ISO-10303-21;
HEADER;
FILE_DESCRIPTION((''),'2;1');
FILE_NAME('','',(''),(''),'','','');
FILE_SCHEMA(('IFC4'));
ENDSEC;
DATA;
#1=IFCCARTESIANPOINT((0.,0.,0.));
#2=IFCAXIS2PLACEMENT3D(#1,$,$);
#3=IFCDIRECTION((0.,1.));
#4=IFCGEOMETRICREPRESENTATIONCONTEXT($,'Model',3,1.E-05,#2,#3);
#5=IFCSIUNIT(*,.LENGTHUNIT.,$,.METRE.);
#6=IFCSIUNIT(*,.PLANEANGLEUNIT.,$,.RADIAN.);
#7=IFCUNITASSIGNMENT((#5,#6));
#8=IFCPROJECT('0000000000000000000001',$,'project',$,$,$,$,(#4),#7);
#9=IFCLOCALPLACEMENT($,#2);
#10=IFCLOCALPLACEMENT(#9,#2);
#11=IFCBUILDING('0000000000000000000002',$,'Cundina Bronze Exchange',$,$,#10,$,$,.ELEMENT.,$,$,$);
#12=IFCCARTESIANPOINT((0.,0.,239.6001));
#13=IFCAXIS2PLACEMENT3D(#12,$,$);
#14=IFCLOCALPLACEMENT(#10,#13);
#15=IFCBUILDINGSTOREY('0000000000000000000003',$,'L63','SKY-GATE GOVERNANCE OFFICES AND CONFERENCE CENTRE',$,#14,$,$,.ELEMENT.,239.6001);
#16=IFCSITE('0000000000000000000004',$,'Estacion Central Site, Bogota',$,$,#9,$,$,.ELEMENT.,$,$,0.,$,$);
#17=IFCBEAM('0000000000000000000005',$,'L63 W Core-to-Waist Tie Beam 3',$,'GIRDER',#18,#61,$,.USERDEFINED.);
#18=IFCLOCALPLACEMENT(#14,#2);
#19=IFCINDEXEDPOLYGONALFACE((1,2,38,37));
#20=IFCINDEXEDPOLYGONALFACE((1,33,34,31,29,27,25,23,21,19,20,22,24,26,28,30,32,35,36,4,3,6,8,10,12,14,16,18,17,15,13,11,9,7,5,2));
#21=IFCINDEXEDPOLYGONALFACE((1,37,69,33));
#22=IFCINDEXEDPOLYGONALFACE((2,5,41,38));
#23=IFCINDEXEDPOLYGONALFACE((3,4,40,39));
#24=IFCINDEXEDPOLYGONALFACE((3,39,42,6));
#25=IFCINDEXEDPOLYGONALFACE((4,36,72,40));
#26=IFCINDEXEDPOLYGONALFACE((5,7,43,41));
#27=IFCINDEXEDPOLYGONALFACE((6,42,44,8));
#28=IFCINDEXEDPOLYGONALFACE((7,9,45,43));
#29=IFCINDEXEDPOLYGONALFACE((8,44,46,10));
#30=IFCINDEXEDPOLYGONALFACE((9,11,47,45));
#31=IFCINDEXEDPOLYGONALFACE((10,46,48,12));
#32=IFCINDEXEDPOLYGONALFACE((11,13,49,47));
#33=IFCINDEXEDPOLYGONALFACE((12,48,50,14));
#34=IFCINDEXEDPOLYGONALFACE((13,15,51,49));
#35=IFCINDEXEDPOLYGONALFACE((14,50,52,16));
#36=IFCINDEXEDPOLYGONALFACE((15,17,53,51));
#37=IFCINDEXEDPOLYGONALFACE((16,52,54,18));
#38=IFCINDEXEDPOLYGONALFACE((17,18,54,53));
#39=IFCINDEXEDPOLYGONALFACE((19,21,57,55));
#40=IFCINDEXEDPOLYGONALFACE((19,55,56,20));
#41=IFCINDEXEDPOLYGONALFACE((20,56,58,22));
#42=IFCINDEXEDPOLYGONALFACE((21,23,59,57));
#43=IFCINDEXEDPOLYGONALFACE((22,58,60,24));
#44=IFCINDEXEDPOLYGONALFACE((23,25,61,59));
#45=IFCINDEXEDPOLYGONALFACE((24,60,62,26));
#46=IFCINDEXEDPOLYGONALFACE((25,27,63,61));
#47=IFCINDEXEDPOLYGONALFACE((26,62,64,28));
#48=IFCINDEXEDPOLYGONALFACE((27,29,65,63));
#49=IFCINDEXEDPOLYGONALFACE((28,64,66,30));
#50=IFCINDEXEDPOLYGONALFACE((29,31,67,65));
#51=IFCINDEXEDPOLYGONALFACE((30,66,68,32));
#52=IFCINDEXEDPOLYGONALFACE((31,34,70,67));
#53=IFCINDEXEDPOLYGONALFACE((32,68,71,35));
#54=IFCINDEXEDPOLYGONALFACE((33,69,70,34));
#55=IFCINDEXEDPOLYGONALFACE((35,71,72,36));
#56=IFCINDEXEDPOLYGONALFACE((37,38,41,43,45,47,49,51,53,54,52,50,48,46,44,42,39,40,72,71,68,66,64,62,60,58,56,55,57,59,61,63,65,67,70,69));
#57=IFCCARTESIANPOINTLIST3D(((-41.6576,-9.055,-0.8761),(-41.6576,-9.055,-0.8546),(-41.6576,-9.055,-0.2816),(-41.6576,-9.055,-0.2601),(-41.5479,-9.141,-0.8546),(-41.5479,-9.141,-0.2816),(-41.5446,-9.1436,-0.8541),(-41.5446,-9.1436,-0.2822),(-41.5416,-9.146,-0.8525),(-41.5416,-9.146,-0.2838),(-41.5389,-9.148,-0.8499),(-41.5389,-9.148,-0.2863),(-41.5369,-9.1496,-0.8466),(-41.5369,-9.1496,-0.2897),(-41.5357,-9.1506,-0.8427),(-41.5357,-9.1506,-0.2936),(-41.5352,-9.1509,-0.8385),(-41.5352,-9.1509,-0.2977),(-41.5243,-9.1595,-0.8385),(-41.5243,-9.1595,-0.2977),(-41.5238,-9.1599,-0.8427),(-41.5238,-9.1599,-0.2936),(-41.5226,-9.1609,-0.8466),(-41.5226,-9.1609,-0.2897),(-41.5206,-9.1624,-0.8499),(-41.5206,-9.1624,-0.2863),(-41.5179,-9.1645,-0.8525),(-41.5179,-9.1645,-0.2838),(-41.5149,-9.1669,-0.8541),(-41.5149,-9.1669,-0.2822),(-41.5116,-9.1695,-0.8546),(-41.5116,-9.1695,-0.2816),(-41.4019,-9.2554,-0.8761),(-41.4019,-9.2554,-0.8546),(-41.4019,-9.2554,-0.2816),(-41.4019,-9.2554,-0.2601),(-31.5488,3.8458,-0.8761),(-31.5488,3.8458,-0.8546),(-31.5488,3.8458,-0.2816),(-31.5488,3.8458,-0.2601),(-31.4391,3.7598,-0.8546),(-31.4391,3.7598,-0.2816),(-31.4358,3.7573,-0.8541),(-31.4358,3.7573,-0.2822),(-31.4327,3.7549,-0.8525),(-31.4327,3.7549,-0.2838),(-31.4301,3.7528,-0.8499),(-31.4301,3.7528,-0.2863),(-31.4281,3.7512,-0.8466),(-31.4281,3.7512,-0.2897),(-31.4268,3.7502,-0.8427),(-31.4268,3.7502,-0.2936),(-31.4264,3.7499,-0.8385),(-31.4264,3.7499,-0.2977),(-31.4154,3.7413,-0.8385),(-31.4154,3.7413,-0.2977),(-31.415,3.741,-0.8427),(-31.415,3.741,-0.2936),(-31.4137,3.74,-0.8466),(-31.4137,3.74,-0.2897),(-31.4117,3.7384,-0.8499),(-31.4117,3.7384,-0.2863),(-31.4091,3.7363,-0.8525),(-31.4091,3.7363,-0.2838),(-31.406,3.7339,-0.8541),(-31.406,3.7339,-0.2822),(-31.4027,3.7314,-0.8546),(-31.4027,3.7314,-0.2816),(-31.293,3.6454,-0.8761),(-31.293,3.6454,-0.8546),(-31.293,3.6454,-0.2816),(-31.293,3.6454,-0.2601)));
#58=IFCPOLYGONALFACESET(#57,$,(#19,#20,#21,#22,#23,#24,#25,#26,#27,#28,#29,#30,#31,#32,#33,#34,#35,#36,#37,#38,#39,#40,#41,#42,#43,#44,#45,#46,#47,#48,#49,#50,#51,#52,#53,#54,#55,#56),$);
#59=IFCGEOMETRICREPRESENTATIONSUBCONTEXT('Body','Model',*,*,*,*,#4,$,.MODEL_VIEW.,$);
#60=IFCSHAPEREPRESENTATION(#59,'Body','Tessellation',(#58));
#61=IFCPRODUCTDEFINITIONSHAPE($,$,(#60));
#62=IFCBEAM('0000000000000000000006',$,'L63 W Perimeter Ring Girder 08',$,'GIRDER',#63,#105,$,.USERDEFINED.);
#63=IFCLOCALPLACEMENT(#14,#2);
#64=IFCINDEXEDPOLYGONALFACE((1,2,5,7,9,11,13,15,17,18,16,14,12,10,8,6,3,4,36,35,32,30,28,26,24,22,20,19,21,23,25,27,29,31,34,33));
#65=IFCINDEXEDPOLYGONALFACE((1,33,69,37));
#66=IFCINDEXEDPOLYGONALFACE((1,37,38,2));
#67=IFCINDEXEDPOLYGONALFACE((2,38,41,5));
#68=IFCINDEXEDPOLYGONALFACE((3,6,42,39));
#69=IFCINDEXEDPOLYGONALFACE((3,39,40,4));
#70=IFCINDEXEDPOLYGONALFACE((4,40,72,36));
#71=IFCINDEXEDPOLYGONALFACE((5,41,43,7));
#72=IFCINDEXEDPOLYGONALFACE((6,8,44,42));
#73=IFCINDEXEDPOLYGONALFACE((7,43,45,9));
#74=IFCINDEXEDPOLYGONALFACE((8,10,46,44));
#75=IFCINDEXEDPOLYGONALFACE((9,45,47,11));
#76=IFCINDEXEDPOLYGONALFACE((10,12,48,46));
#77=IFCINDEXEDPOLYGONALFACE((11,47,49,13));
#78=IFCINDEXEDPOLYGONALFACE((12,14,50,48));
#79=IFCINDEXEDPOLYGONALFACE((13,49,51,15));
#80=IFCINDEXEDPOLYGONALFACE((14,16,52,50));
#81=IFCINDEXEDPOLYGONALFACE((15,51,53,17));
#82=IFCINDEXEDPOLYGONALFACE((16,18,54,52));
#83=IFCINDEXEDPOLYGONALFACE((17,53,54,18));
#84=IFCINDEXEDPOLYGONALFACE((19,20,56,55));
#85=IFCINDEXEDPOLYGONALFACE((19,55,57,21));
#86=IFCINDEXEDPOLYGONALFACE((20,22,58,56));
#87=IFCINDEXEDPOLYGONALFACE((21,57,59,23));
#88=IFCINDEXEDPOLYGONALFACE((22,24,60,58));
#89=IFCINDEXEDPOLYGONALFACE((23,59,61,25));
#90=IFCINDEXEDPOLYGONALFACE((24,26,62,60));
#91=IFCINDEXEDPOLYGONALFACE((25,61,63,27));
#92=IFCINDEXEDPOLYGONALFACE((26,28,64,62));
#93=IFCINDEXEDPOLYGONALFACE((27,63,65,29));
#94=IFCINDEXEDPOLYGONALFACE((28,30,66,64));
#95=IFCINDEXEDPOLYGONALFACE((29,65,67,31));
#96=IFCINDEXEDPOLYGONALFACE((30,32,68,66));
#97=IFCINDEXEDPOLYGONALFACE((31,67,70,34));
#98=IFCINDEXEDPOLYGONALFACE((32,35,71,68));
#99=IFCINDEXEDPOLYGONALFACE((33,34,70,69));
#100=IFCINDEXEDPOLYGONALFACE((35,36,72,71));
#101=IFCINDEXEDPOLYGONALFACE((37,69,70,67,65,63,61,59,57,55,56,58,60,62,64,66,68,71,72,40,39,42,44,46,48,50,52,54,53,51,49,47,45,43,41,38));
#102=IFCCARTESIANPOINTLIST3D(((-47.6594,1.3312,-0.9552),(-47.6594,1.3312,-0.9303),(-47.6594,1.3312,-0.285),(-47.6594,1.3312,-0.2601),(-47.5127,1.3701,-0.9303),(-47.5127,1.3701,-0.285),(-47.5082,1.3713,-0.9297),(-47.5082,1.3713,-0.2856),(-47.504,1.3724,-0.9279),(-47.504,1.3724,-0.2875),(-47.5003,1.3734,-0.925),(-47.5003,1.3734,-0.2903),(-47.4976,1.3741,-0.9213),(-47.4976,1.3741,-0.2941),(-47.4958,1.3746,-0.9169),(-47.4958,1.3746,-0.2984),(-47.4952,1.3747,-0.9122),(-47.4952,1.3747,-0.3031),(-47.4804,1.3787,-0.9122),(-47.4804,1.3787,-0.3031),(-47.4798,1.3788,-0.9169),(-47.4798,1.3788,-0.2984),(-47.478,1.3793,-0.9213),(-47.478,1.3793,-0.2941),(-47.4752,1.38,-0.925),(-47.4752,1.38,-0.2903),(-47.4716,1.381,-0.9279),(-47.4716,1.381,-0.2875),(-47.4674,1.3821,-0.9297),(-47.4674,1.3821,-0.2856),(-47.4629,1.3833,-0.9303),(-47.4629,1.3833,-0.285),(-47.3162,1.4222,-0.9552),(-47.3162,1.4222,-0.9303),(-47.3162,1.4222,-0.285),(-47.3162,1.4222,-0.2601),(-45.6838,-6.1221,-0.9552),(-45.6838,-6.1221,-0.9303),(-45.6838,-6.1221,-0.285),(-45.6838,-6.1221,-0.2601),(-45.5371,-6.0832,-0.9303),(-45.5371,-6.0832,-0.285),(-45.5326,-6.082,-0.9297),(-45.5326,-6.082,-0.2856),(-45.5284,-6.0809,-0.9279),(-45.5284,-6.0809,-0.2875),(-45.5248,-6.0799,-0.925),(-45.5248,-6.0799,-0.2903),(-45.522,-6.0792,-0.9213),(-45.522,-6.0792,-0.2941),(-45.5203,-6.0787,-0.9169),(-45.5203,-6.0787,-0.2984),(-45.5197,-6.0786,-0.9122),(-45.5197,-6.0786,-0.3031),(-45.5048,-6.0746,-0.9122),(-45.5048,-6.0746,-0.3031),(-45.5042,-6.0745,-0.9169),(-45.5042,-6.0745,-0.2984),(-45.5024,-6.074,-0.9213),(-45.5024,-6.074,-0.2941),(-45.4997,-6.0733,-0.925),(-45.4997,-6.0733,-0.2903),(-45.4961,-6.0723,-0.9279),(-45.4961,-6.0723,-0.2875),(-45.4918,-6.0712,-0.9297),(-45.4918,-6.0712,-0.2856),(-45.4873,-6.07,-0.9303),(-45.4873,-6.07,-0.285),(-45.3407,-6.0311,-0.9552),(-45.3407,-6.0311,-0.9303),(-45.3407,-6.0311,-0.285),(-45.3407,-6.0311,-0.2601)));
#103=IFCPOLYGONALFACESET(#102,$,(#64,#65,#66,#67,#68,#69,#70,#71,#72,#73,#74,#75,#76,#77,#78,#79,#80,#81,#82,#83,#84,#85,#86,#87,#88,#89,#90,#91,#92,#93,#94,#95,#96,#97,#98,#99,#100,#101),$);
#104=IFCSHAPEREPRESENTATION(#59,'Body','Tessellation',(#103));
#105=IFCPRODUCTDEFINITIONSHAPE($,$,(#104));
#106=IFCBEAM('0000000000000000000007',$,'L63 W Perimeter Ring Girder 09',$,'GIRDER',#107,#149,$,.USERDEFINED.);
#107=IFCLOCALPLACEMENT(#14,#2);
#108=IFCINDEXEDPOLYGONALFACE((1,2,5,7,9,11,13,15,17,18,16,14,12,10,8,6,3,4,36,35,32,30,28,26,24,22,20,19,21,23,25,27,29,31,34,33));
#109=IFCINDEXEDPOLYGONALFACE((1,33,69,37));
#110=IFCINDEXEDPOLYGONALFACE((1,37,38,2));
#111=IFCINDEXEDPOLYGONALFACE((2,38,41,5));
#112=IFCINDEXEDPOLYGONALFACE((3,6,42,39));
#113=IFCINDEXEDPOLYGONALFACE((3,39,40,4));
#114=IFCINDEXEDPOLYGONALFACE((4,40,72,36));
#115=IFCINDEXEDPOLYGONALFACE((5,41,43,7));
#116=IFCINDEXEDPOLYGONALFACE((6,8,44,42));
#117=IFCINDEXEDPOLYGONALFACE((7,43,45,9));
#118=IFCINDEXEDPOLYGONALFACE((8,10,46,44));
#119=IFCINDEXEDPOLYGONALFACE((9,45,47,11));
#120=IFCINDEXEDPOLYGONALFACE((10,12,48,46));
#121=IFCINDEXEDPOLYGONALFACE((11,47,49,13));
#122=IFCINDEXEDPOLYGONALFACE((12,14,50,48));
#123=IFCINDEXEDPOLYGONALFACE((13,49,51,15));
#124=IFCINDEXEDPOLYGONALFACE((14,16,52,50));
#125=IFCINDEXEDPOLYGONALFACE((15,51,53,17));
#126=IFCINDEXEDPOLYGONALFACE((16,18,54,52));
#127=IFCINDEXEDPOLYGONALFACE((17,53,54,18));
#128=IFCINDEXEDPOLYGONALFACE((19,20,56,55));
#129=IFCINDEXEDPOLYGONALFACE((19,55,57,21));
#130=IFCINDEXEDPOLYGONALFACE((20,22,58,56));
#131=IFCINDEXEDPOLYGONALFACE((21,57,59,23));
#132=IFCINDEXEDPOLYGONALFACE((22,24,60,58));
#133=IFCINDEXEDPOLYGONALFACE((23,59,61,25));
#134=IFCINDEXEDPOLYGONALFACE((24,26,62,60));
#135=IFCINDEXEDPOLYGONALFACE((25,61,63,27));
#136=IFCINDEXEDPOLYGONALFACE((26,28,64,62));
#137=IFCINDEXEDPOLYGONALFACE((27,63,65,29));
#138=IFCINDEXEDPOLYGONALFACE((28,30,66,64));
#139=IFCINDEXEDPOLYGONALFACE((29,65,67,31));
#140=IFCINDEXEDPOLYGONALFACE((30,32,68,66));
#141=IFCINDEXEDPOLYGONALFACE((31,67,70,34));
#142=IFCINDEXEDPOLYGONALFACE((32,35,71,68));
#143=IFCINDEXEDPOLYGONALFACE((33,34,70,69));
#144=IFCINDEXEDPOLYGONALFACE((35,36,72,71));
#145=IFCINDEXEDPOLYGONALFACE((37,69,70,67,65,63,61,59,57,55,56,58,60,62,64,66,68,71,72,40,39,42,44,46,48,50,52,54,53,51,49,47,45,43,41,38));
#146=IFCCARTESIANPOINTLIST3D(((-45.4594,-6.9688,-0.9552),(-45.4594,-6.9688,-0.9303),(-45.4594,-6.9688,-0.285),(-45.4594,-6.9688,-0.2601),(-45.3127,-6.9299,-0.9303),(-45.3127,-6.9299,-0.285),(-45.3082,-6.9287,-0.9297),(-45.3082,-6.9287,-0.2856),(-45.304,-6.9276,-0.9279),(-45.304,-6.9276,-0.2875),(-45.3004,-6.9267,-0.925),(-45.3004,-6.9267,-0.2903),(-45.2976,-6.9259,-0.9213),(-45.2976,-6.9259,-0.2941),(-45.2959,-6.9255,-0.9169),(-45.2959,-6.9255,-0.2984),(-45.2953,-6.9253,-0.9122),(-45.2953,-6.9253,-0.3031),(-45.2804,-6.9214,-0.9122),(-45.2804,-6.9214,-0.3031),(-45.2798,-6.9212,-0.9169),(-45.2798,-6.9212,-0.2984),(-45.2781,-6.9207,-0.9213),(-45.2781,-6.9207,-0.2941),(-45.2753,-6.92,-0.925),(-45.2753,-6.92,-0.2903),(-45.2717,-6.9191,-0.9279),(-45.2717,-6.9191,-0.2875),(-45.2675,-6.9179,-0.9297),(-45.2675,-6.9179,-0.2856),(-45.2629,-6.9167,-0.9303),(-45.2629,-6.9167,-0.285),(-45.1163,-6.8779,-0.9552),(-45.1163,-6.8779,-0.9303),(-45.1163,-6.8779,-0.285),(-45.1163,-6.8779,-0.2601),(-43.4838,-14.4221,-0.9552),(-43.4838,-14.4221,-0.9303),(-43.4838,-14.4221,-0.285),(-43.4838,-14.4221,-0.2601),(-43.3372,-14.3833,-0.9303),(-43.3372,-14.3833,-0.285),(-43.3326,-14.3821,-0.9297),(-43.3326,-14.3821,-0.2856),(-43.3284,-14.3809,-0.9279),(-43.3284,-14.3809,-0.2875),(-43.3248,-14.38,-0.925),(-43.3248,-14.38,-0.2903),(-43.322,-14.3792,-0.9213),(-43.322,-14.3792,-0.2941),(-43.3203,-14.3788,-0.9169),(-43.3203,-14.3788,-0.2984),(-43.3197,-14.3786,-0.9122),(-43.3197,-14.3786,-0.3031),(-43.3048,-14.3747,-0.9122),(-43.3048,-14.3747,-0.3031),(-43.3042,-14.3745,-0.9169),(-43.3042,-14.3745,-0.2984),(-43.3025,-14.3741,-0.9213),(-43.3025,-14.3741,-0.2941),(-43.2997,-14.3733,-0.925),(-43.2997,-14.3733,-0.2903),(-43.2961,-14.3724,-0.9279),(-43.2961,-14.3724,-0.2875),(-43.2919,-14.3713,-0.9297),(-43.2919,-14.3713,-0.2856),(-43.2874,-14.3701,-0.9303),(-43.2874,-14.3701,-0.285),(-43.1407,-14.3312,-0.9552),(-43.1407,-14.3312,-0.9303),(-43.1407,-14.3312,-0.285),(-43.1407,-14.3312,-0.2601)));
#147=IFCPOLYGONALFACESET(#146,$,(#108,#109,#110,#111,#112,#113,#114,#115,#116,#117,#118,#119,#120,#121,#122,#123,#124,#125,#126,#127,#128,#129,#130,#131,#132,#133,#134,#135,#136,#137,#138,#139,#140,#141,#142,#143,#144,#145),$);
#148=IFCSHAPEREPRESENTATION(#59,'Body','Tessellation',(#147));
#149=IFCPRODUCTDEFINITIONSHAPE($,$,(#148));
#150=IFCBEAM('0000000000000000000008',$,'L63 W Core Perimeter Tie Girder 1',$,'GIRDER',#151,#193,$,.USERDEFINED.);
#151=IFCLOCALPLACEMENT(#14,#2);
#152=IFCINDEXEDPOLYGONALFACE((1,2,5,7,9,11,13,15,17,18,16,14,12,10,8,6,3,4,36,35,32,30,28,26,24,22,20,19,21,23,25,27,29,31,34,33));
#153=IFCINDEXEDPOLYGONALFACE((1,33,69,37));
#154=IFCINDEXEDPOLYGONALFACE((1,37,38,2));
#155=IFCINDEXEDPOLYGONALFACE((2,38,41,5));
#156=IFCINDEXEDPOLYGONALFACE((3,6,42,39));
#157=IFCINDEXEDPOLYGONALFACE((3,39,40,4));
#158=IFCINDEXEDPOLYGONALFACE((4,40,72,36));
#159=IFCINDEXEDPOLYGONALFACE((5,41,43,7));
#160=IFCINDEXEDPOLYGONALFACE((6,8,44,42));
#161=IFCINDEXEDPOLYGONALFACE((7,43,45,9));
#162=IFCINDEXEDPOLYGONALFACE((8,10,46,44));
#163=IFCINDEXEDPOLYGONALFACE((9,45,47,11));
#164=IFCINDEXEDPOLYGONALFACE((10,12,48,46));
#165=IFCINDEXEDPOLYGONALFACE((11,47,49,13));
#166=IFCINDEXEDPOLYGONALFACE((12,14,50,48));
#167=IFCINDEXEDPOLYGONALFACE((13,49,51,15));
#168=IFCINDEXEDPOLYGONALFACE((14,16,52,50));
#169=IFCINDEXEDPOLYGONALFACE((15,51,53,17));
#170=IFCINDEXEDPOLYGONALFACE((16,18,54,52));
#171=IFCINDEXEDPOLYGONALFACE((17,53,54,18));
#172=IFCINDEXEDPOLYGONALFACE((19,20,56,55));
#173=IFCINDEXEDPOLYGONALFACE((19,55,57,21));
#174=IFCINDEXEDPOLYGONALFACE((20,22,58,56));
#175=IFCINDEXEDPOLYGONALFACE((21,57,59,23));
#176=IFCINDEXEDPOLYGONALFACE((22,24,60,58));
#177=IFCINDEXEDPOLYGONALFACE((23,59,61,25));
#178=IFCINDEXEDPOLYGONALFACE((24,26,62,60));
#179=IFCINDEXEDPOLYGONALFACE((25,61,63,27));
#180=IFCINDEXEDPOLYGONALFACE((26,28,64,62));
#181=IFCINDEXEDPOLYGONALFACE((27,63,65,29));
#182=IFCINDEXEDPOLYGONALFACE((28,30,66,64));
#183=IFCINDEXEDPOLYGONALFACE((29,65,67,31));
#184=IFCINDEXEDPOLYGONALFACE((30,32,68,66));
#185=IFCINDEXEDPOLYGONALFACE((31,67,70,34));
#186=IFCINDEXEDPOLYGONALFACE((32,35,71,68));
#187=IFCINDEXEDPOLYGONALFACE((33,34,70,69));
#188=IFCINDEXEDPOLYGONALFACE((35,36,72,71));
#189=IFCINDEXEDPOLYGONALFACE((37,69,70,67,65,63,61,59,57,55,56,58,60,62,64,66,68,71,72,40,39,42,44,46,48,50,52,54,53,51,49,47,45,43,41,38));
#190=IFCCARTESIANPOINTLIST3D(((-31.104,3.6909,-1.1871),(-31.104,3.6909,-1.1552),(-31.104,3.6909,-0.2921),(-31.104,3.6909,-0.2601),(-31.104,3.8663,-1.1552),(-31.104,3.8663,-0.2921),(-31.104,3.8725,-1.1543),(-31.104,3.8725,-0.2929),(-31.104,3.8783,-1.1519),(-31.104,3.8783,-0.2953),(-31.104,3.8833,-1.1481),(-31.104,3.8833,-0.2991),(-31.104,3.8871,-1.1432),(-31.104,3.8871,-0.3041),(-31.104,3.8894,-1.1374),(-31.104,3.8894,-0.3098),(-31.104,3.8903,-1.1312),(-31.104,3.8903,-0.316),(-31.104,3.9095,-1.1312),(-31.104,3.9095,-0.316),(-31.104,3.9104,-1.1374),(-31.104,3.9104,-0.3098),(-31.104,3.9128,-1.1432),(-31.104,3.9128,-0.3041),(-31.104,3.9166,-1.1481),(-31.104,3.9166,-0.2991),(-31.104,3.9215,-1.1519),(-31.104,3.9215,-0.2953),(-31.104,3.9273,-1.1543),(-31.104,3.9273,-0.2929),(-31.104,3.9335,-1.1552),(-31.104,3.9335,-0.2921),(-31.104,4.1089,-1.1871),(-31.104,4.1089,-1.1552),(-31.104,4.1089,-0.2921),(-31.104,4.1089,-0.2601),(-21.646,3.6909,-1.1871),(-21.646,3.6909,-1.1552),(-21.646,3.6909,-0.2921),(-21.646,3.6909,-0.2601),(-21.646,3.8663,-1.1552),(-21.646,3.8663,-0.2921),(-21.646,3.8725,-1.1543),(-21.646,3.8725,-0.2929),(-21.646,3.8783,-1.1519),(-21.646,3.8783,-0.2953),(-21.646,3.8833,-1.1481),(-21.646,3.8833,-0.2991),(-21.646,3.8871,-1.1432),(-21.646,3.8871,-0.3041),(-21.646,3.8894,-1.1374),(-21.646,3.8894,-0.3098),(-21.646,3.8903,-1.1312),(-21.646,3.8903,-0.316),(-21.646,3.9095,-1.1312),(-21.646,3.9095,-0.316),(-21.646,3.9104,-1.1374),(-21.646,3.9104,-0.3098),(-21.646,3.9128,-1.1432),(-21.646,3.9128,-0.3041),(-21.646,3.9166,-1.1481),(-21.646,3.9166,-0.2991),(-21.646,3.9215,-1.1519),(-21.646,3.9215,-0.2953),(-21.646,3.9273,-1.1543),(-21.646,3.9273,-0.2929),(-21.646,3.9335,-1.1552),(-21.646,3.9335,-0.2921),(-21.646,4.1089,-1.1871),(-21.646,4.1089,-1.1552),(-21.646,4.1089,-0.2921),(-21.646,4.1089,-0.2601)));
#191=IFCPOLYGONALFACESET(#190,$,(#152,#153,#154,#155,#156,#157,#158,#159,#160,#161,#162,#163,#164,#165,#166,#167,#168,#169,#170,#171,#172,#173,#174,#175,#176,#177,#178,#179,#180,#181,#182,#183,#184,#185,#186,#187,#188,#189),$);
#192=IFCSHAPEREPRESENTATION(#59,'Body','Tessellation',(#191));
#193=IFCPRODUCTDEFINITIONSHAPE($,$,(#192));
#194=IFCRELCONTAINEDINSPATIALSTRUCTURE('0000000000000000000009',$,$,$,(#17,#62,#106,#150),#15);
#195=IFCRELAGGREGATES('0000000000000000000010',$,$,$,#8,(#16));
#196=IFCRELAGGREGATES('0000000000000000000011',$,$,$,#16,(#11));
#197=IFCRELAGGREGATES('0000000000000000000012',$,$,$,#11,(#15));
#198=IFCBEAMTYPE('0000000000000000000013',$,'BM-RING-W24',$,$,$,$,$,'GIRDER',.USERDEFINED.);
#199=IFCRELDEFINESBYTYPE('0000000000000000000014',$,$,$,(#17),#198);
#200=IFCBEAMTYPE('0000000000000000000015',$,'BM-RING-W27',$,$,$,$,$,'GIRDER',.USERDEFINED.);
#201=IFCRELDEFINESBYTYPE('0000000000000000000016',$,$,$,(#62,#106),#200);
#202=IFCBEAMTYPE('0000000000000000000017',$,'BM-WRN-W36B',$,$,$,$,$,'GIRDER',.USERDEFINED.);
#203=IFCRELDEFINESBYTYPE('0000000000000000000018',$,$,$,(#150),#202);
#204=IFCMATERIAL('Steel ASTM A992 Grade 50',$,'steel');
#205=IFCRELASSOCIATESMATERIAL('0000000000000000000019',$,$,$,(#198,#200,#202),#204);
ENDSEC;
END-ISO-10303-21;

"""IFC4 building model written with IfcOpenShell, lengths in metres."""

from ifc_helpers import new_model, si_unit, direction, frame, origin, origin_2d, place, context, subcontext, project, spatial, i_section, extrude, material, material_profile, profile_set, type_object, element, save


model = new_model("IFC4")

# Units and contexts
model_context = context("Model", 3, precision=1e-05, world=origin(), true_north=direction((0.0, 1.0)))
body_context = subcontext(model_context, "Body", "Model", "MODEL_VIEW")
ifc_project = project(units=[si_unit("LENGTHUNIT", "METRE"), si_unit("PLANEANGLEUNIT", "RADIAN")], contexts=[model_context])

# Site, building, storey
site_placement = place(None, origin())
site = spatial("IfcSite", under=ifc_project, at=site_placement, Name="Estacion Central Site, Bogota", CompositionType="ELEMENT", RefElevation=0.0)
building_placement = place(site_placement, origin())
building = spatial("IfcBuilding", under=site, at=building_placement, Name="Cundina Bronze Exchange", CompositionType="ELEMENT")
storey_placement = place(building_placement, frame((0.0, 0.0, 239.6001)))
storey = spatial("IfcBuildingStorey", under=building, at=storey_placement, Name="L63", Description="SKY-GATE GOVERNANCE OFFICES AND CONFERENCE CENTRE", CompositionType="ELEMENT", Elevation=239.6001)

# Shared definitions
ifc_material_1 = material(Name="Steel ASTM A992 Grade 50", Category="steel")

# Beams
ifc_material_profile_1 = material_profile(ifc_material_1, i_section(OverallWidth=0.325, OverallDepth=0.616, WebThickness=0.0139, FlangeThickness=0.0215, FilletRadius=0.0161, at=origin_2d()), Name="W24X117", Category="steel")
ifc_profile_set_1 = profile_set([ifc_material_profile_1], Name="Steel ASTM A992 Grade 50")
beam_type_1 = type_object("IfcBeamType", Name="BM-RING-W24", ElementType="GIRDER", PredefinedType="USERDEFINED", material=ifc_profile_set_1)
beam_1_placement = place(storey_placement, frame((-31.4209, 3.7456, -0.5681), z_axis=(-0.616783, -0.787133, 0.0), x_axis=(0.787133, -0.616783, 0.0)))
element("IfcBeam", 1, at=beam_1_placement, inside=storey, type_object=beam_type_1, Name="L63 W Core-to-Waist Tie Beam 3", ObjectType="GIRDER", PredefinedType="USERDEFINED", context=body_context, shape_type="SweptSolid", body=[
    extrude(i_section(OverallWidth=0.325, OverallDepth=0.616, WebThickness=0.0139, FlangeThickness=0.0215, FilletRadius=0.0161, at=origin_2d()), origin(), (0.0, 0.0, 1.0), 16.3896),
])
ifc_material_profile_2 = material_profile(ifc_material_1, i_section(OverallWidth=0.355, OverallDepth=0.6951, WebThickness=0.0154, FlangeThickness=0.0249, FilletRadius=0.0181, at=origin_2d()), Name="W27X146", Category="steel")
ifc_profile_set_2 = profile_set([ifc_material_profile_2], Name="Steel ASTM A992 Grade 50")
beam_type_2 = type_object("IfcBeamType", Name="BM-RING-W27", ElementType="GIRDER", PredefinedType="USERDEFINED", material=ifc_profile_set_2)
for number, where, z_axis, x_axis, name in (
    (2, (-47.4878, 1.3767, -0.6077), (0.256212, -0.966621, 0.0), (0.966621, 0.256212, 0.0), "L63 W Perimeter Ring Girder 08"),
    (3, (-45.2878, -6.9233, -0.6077), (0.256212, -0.966621, 0.0), (0.966621, 0.256212, 0.0), "L63 W Perimeter Ring Girder 09"),
):
    element("IfcBeam", number, at=place(storey_placement, frame(where, z_axis=z_axis, x_axis=x_axis)), inside=storey, type_object=beam_type_2, Name=name, ObjectType="GIRDER", PredefinedType="USERDEFINED", context=body_context, shape_type="SweptSolid", body=[
        extrude(i_section(OverallWidth=0.355, OverallDepth=0.6951, WebThickness=0.0154, FlangeThickness=0.0249, FilletRadius=0.0181, at=origin_2d()), origin(), (0.0, 0.0, 1.0), 7.7107),
    ])
ifc_material_profile_3 = material_profile(ifc_material_1, i_section(OverallWidth=0.418, OverallDepth=0.927, WebThickness=0.0193, FlangeThickness=0.032, FilletRadius=0.0239, at=origin_2d()), Name="W36X231", Category="steel")
ifc_profile_set_3 = profile_set([ifc_material_profile_3], Name="Steel ASTM A992 Grade 50")
beam_type_3 = type_object("IfcBeamType", Name="BM-WRN-W36B", ElementType="GIRDER", PredefinedType="USERDEFINED", material=ifc_profile_set_3)
beam_2_placement = place(storey_placement, frame((-31.104, 3.8999, -0.7236), z_axis=(1.0, 0.0, 0.0), x_axis=(0.0, 1.0, 0.0)))
element("IfcBeam", 4, at=beam_2_placement, inside=storey, type_object=beam_type_3, Name="L63 W Core Perimeter Tie Girder 1", ObjectType="GIRDER", PredefinedType="USERDEFINED", context=body_context, shape_type="SweptSolid", body=[
    extrude(i_section(OverallWidth=0.418, OverallDepth=0.927, WebThickness=0.0193, FlangeThickness=0.032, FilletRadius=0.0239, at=origin_2d()), origin(), (0.0, 0.0, 1.0), 9.458),
])

save(model, "model.ifc")
